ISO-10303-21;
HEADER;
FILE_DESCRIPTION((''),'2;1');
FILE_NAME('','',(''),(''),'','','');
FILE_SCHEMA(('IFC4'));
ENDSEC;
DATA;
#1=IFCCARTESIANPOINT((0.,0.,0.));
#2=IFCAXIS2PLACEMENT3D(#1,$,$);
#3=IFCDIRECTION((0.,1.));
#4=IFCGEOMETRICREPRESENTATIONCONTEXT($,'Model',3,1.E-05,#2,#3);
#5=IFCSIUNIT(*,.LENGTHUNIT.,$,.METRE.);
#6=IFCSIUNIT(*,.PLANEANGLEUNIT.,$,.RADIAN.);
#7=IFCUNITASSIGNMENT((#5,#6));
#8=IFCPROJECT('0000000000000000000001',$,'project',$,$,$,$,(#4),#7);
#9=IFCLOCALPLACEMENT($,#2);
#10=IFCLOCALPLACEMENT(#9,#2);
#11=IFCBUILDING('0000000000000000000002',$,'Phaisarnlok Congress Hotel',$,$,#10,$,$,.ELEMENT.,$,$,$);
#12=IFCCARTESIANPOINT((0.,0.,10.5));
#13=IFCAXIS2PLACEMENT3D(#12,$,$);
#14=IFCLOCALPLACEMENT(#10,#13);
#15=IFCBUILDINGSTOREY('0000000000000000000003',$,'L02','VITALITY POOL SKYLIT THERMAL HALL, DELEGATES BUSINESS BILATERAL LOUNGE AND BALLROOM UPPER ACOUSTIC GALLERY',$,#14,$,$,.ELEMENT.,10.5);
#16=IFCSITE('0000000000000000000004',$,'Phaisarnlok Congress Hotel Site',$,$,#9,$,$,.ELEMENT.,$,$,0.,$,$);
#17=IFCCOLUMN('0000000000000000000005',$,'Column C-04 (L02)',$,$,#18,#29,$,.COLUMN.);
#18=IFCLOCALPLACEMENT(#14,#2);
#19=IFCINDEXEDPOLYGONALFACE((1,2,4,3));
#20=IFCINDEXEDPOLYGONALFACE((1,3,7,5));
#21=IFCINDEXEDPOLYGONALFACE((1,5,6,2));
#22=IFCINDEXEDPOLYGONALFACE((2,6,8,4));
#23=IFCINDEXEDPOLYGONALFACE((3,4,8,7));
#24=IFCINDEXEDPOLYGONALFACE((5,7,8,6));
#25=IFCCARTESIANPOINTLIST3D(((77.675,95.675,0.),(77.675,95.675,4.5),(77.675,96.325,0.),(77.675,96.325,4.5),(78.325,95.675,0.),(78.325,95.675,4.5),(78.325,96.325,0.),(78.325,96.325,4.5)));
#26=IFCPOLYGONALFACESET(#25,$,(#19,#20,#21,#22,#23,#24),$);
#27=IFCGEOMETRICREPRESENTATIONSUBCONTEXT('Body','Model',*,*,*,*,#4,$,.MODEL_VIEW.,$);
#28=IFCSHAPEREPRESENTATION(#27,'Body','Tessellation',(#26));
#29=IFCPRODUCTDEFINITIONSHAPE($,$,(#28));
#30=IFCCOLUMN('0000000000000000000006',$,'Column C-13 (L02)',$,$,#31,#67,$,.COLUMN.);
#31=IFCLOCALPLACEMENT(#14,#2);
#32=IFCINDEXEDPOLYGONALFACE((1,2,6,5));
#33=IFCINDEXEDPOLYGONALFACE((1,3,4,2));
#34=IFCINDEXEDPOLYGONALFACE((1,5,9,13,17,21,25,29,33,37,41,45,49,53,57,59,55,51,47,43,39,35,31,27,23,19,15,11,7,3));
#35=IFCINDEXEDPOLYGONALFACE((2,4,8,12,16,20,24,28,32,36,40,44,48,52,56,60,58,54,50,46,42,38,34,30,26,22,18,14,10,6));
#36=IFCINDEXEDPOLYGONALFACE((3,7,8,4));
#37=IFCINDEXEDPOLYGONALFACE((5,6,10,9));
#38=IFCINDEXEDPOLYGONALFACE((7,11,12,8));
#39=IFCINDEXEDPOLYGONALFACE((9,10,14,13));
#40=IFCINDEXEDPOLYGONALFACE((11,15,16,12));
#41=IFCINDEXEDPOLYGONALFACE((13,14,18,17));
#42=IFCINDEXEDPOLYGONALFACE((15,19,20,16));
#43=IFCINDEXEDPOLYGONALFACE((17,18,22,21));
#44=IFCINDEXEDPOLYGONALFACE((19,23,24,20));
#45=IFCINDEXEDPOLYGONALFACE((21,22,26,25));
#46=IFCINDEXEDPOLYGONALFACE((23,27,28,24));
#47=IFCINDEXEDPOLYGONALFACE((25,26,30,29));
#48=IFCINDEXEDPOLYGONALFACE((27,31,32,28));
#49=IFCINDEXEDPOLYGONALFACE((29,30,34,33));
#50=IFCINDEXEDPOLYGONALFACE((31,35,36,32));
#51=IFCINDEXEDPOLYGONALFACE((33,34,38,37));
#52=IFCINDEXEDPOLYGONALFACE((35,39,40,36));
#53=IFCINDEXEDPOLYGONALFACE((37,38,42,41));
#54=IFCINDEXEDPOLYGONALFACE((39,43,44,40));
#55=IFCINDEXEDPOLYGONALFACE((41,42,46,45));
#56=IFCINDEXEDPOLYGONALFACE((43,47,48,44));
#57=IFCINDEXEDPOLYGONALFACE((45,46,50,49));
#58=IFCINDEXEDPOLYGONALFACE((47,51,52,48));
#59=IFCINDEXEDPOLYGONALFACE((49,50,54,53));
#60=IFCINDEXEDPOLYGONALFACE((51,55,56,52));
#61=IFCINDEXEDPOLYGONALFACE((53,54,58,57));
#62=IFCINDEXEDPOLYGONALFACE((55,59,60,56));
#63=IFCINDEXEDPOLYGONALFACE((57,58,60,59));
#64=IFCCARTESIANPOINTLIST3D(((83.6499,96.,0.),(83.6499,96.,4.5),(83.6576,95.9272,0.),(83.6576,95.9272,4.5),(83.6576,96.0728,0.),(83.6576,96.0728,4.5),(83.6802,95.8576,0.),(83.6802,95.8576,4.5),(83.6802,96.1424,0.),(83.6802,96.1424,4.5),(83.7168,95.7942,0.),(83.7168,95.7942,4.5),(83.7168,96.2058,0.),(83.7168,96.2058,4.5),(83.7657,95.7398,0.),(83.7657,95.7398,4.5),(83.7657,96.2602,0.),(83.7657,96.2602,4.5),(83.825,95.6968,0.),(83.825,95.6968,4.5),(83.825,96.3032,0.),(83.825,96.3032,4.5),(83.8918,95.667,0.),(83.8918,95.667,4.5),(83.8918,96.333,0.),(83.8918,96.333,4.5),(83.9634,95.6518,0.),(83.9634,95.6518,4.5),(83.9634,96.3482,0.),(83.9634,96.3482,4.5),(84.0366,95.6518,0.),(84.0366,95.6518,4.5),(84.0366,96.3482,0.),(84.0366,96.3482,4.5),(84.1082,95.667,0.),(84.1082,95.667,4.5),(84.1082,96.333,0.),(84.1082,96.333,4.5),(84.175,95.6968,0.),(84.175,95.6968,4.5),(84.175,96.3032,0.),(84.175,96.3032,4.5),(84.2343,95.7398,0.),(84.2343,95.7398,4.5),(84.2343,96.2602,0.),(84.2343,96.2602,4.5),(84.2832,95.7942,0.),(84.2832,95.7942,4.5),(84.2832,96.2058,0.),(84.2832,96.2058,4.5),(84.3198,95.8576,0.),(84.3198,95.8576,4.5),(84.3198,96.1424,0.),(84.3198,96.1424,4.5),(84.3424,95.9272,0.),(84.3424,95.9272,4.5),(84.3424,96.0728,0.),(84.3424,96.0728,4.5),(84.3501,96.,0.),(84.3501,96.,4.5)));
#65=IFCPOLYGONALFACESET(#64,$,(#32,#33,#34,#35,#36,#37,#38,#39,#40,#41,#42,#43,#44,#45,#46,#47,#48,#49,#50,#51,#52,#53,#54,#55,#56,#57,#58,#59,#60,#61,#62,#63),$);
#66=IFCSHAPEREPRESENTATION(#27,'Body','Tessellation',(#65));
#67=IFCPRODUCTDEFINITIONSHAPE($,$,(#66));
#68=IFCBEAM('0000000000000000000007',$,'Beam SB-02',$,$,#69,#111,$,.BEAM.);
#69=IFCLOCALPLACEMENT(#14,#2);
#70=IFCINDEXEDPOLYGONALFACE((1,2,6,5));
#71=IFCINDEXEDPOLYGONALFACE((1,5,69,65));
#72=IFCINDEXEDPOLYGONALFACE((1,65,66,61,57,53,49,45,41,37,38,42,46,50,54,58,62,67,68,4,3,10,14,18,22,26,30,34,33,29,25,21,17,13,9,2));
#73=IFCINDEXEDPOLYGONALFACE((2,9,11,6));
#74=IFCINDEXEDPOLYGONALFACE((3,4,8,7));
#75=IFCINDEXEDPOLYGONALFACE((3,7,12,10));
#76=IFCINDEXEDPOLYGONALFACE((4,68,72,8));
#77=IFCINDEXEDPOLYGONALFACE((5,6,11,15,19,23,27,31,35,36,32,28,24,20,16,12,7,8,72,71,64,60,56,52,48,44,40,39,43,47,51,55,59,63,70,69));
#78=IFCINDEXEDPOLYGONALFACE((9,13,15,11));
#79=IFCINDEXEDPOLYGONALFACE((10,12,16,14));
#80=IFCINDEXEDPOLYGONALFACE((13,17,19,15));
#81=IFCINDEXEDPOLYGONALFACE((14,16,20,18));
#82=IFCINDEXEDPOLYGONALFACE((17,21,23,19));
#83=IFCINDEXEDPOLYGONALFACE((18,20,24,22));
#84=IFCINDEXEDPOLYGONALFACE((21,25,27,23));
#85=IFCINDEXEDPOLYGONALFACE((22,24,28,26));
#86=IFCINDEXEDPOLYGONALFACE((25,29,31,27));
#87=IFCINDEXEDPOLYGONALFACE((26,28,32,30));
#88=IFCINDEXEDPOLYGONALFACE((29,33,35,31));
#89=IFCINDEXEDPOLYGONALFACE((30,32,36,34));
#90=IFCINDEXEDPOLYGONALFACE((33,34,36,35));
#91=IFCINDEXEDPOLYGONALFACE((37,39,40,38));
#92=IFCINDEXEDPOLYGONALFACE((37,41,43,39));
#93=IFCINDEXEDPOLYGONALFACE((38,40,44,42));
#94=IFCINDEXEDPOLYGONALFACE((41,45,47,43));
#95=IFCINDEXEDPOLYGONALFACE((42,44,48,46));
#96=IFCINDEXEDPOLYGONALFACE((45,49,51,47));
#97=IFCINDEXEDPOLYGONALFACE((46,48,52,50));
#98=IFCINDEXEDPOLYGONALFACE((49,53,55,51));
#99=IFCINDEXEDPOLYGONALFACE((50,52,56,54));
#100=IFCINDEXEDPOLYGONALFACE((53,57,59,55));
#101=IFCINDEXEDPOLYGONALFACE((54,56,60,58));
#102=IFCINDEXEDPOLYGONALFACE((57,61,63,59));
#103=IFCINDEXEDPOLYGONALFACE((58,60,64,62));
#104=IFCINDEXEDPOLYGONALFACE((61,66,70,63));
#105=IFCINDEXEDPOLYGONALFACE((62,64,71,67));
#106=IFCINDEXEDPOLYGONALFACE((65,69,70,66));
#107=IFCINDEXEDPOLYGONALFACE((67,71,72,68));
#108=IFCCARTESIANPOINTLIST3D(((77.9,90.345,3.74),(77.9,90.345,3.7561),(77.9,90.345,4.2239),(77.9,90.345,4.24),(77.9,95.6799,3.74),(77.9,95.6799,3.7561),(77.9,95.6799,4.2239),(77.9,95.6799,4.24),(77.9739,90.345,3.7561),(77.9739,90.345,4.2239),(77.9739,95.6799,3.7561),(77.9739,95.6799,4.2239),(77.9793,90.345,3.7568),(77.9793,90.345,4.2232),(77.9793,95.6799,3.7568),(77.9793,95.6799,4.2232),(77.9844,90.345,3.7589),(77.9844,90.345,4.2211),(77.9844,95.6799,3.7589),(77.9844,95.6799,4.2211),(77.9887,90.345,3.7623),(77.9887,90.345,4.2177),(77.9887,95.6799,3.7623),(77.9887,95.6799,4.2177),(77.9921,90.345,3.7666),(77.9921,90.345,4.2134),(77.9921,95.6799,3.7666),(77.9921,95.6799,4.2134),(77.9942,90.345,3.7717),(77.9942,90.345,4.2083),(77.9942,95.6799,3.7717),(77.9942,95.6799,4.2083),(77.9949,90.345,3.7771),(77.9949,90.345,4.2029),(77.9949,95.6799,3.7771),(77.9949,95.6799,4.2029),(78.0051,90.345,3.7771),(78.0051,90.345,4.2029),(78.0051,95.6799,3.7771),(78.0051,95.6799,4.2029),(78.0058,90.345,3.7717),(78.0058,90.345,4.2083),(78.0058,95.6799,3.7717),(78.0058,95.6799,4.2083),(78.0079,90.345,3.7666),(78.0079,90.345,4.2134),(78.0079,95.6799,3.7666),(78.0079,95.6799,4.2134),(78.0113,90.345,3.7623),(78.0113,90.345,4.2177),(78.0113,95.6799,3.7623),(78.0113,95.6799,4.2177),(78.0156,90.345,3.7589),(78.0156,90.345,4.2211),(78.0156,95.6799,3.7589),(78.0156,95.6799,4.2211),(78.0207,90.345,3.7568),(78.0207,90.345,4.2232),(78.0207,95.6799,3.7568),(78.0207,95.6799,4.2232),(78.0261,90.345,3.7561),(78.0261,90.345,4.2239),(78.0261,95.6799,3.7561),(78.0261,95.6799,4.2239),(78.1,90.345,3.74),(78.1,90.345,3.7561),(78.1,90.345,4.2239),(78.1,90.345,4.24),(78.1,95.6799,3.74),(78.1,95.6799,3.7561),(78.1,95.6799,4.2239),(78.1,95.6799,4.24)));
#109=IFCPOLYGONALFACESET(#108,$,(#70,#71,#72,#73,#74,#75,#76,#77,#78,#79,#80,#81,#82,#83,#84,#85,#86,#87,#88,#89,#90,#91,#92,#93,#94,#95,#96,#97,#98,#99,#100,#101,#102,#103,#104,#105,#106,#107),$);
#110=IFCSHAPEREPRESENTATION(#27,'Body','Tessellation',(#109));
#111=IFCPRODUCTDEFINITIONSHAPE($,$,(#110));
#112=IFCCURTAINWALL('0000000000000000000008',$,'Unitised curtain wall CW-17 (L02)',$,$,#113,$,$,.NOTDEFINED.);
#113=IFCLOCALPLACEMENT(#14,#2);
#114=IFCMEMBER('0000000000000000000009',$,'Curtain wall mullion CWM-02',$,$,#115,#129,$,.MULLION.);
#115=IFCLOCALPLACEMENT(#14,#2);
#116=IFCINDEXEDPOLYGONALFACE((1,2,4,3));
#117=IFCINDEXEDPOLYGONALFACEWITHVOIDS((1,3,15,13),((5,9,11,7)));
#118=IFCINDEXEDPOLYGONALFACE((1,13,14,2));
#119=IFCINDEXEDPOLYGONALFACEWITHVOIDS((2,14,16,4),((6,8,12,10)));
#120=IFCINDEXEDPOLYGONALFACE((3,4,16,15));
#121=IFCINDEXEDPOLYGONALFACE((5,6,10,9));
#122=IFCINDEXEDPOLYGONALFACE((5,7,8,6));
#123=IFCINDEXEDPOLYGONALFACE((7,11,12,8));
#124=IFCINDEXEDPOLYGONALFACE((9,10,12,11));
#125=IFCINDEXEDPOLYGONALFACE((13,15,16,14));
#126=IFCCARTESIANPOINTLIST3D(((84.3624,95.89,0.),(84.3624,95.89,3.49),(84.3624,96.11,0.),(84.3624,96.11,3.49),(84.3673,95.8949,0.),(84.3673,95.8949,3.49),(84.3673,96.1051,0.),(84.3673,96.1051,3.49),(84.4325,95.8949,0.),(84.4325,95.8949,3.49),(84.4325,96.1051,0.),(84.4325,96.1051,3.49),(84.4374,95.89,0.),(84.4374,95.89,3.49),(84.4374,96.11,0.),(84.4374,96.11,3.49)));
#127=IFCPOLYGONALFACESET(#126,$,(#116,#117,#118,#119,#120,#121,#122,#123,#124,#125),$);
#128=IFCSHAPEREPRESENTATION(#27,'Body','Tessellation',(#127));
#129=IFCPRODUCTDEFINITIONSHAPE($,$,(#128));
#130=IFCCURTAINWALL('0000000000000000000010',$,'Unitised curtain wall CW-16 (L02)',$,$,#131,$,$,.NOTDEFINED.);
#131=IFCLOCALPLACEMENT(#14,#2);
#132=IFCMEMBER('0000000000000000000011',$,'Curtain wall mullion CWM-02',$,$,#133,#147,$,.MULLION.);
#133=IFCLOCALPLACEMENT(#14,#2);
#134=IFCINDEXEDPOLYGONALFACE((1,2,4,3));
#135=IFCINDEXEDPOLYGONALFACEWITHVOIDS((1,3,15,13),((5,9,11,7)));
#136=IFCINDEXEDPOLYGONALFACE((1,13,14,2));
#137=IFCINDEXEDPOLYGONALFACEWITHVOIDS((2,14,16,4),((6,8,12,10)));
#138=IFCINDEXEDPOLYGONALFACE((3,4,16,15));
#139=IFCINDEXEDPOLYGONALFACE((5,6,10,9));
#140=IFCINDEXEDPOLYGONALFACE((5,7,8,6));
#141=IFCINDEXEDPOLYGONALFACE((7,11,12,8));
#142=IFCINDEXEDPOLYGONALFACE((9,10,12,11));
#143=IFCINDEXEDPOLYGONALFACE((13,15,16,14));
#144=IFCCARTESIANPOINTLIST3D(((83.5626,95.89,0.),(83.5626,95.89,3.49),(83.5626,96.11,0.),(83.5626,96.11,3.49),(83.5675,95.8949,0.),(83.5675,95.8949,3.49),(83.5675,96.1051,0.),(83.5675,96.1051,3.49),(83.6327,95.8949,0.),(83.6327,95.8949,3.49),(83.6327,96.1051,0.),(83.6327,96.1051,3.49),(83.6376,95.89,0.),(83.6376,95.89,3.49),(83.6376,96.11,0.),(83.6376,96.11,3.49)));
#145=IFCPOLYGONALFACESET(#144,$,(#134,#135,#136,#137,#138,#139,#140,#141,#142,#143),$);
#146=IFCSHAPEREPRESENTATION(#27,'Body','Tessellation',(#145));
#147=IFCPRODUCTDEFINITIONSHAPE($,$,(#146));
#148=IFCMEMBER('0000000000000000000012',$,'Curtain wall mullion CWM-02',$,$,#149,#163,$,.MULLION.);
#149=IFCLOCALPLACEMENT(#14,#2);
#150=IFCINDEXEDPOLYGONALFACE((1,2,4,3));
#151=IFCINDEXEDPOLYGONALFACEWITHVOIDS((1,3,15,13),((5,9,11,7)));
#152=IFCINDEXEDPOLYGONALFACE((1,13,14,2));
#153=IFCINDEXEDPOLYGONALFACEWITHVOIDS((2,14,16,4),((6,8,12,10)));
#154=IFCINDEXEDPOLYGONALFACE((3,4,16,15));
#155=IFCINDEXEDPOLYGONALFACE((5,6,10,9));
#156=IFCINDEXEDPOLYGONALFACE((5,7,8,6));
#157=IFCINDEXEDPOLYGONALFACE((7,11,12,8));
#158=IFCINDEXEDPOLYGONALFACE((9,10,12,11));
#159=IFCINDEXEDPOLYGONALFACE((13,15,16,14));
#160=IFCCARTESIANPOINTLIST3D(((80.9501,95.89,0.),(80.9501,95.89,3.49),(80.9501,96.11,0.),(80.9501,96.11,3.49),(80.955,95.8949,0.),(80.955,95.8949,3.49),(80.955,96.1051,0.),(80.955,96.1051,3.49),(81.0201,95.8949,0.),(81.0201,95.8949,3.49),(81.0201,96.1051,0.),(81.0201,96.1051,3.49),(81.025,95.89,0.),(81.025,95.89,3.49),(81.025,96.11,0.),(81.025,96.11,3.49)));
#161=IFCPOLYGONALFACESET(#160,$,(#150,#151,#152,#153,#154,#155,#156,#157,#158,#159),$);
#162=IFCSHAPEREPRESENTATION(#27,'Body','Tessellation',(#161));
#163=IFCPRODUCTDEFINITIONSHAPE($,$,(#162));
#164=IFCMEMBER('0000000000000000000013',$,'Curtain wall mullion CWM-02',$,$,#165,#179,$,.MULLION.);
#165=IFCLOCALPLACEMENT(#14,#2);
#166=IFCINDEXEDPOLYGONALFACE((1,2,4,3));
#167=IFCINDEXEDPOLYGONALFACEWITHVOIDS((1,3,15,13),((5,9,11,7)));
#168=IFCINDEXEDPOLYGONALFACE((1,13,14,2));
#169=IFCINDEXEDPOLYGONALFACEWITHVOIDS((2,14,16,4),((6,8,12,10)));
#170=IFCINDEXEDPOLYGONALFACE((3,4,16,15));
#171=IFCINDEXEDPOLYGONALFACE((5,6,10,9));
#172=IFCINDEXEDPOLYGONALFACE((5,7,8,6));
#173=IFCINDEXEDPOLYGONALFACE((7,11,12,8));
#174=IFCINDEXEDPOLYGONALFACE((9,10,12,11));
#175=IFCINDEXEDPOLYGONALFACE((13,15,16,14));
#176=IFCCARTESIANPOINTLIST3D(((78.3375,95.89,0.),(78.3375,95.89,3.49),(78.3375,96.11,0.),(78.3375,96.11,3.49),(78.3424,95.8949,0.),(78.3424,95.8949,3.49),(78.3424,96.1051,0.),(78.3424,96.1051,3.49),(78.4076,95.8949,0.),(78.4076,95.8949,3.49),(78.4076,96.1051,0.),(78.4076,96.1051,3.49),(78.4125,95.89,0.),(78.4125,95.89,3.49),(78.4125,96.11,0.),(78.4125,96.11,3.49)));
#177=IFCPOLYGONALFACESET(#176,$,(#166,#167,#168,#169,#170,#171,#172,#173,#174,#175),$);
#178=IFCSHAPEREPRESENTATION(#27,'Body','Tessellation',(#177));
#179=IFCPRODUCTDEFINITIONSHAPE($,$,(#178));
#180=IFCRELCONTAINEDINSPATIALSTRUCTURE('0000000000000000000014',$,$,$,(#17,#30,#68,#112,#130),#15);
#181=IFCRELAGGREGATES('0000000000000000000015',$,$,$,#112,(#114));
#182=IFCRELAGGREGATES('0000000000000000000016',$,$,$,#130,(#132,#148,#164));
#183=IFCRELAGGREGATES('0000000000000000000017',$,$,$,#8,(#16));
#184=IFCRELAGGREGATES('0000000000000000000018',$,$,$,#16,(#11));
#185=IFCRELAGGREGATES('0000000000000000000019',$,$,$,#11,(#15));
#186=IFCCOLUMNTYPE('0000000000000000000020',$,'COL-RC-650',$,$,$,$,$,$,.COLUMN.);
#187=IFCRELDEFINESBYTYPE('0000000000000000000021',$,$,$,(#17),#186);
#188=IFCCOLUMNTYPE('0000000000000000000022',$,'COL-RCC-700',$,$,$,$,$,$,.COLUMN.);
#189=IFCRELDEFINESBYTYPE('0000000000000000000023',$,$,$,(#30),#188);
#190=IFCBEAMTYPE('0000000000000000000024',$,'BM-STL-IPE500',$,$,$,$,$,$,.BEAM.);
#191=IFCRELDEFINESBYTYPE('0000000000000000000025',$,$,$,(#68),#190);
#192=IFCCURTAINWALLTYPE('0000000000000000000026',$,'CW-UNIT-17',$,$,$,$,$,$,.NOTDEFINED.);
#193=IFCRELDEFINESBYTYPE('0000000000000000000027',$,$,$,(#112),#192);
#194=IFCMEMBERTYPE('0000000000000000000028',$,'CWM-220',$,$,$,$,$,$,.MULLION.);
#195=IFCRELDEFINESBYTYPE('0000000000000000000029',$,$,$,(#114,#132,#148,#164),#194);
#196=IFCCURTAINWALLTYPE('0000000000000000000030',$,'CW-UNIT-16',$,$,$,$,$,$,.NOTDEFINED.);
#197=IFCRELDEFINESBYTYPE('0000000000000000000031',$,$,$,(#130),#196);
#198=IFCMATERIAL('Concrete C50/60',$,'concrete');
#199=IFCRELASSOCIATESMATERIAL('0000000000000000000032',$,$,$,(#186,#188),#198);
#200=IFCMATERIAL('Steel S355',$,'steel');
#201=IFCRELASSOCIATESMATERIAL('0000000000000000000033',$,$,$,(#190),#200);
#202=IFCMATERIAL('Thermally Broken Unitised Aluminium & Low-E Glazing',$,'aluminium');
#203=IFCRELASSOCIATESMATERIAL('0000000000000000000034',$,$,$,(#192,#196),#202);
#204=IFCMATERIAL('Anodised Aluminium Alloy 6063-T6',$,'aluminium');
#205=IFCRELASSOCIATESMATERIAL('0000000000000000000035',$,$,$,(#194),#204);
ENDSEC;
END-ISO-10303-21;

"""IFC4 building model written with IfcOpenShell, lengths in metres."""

from ifc_helpers import new_model, si_unit, direction, frame, origin, origin_2d, place, context, subcontext, project, spatial, rectangle, hollow_rectangle, circle, i_section, extrude, material, material_profile, profile_set, type_object, element, aggregate, save


model = new_model("IFC4")

# Units and contexts
model_context = context("Model", 3, precision=1e-05, world=origin(), true_north=direction((0.0, 1.0)))
body_context = subcontext(model_context, "Body", "Model", "MODEL_VIEW")
ifc_project = project(units=[si_unit("LENGTHUNIT", "METRE"), si_unit("PLANEANGLEUNIT", "RADIAN")], contexts=[model_context])

# Site, building, storey
site_placement = place(None, origin())
site = spatial("IfcSite", under=ifc_project, at=site_placement, Name="Phaisarnlok Congress Hotel Site", CompositionType="ELEMENT", RefElevation=0.0)
building_placement = place(site_placement, origin())
building = spatial("IfcBuilding", under=site, at=building_placement, Name="Phaisarnlok Congress Hotel", CompositionType="ELEMENT")
storey_placement = place(building_placement, frame((0.0, 0.0, 10.5)))
storey = spatial("IfcBuildingStorey", under=building, at=storey_placement, Name="L02", Description="VITALITY POOL SKYLIT THERMAL HALL, DELEGATES BUSINESS BILATERAL LOUNGE AND BALLROOM UPPER ACOUSTIC GALLERY", CompositionType="ELEMENT", Elevation=10.5)

# Columns
ifc_material_1 = material(Name="Concrete C50/60", Category="concrete")
ifc_material_profile_1 = material_profile(ifc_material_1, rectangle(XDim=0.6499, YDim=0.6499, at=origin_2d()), Name="RC 650x650")
ifc_profile_set_1 = profile_set([ifc_material_profile_1], Name="Concrete C50/60")
column_type_1 = type_object("IfcColumnType", Name="COL-RC-650", PredefinedType="COLUMN", material=ifc_profile_set_1)
column_1_placement = place(storey_placement, frame((78.0, 96.0, 0.0), z_axis=(0.0, 0.0, 1.0), x_axis=(1.0, 0.0, 0.0)))
element("IfcColumn", 1, at=column_1_placement, inside=storey, type_object=column_type_1, Name="Column C-04 (L02)", PredefinedType="COLUMN", context=body_context, shape_type="SweptSolid", body=[
    extrude(rectangle(XDim=0.6499, YDim=0.6499, at=origin_2d()), origin(), (0.0, 0.0, 1.0), 4.5),
])
ifc_material_profile_2 = material_profile(ifc_material_1, circle(Radius=0.3501, at=origin_2d()), Name="RCC D700")
ifc_profile_set_2 = profile_set([ifc_material_profile_2], Name="Concrete C50/60")
column_type_2 = type_object("IfcColumnType", Name="COL-RCC-700", PredefinedType="COLUMN", material=ifc_profile_set_2)
column_2_placement = place(storey_placement, frame((84.0, 96.0, 0.0), z_axis=(0.0, 0.0, 1.0), x_axis=(1.0, 0.0, 0.0)))
element("IfcColumn", 2, at=column_2_placement, inside=storey, type_object=column_type_2, Name="Column C-13 (L02)", PredefinedType="COLUMN", context=body_context, shape_type="SweptSolid", body=[
    extrude(circle(Radius=0.3501, at=origin_2d()), origin(), (0.0, 0.0, 1.0), 4.5),
])

# Beam
ifc_material_2 = material(Name="Steel S355", Category="steel")
ifc_material_profile_3 = material_profile(ifc_material_2, i_section(OverallWidth=0.2, OverallDepth=0.5, WebThickness=0.0103, FlangeThickness=0.0161, FilletRadius=0.021, at=origin_2d()), Name="IPE 500")
ifc_profile_set_3 = profile_set([ifc_material_profile_3], Name="Steel S355")
beam_type_1 = type_object("IfcBeamType", Name="BM-STL-IPE500", PredefinedType="BEAM", material=ifc_profile_set_3)
beam_1_placement = place(storey_placement, frame((78.0, 90.345, 3.99), z_axis=(0.0, 1.0, 0.0), x_axis=(-1.0, 0.0, 0.0)))
element("IfcBeam", 3, at=beam_1_placement, inside=storey, type_object=beam_type_1, Name="Beam SB-02", PredefinedType="BEAM", context=body_context, shape_type="SweptSolid", body=[
    extrude(i_section(OverallWidth=0.2, OverallDepth=0.5, WebThickness=0.0103, FlangeThickness=0.0161, FilletRadius=0.021, at=origin_2d()), origin(), (0.0, 0.0, 1.0), 5.335),
])

# Curtain wall, member
ifc_material_3 = material(Name="Thermally Broken Unitised Aluminium & Low-E Glazing", Category="aluminium")
curtain_wall_type_1 = type_object("IfcCurtainWallType", Name="CW-UNIT-17", PredefinedType="NOTDEFINED", material=ifc_material_3)
curtain_wall_1_placement = place(storey_placement, origin())
curtain_wall_1 = element("IfcCurtainWall", 4, at=curtain_wall_1_placement, inside=storey, type_object=curtain_wall_type_1, Name="Unitised curtain wall CW-17 (L02)", PredefinedType="NOTDEFINED")
ifc_material_4 = material(Name="Anodised Aluminium Alloy 6063-T6", Category="aluminium")
ifc_material_profile_4 = material_profile(ifc_material_4, hollow_rectangle(XDim=0.075, YDim=0.22, WallThickness=0.0049, at=origin_2d()), Name="ALU-M 75x220x5")
ifc_profile_set_4 = profile_set([ifc_material_profile_4], Name="Anodised Aluminium Alloy 6063-T6")
member_type_1 = type_object("IfcMemberType", Name="CWM-220", PredefinedType="MULLION", material=ifc_profile_set_4)
member_1_placement = place(storey_placement, frame((84.3999, 96.0, 0.0), z_axis=(0.0, 0.0, 1.0), x_axis=(-1.0, 0.0, 0.0)))
member_1 = element("IfcMember", 5, at=member_1_placement, type_object=member_type_1, Name="Curtain wall mullion CWM-02", PredefinedType="MULLION", context=body_context, shape_type="SweptSolid", body=[
    extrude(hollow_rectangle(XDim=0.075, YDim=0.22, WallThickness=0.0049, at=origin_2d()), origin(), (0.0, 0.0, 1.0), 3.49),
])
aggregate(curtain_wall_1, [member_1])

# Curtain wall, members
curtain_wall_type_2 = type_object("IfcCurtainWallType", Name="CW-UNIT-16", PredefinedType="NOTDEFINED", material=ifc_material_3)
curtain_wall_2_placement = place(storey_placement, origin())
curtain_wall_2 = element("IfcCurtainWall", 6, at=curtain_wall_2_placement, inside=storey, type_object=curtain_wall_type_2, Name="Unitised curtain wall CW-16 (L02)", PredefinedType="NOTDEFINED")
member_2_placement = place(storey_placement, frame((83.6001, 96.0, 0.0), z_axis=(0.0, 0.0, 1.0), x_axis=(-1.0, 0.0, 0.0)))
member_2 = element("IfcMember", 7, at=member_2_placement, type_object=member_type_1, Name="Curtain wall mullion CWM-02", PredefinedType="MULLION", context=body_context, shape_type="SweptSolid", body=[
    extrude(hollow_rectangle(XDim=0.075, YDim=0.22, WallThickness=0.0049, at=origin_2d()), origin(), (0.0, 0.0, 1.0), 3.49),
])
member_3_placement = place(storey_placement, frame((80.9875, 96.0, 0.0), z_axis=(0.0, 0.0, 1.0), x_axis=(-1.0, 0.0, 0.0)))
member_3 = element("IfcMember", 8, at=member_3_placement, type_object=member_type_1, Name="Curtain wall mullion CWM-02", PredefinedType="MULLION", context=body_context, shape_type="SweptSolid", body=[
    extrude(hollow_rectangle(XDim=0.075, YDim=0.22, WallThickness=0.0049, at=origin_2d()), origin(), (0.0, 0.0, 1.0), 3.49),
])
member_4_placement = place(storey_placement, frame((78.375, 96.0, 0.0), z_axis=(0.0, 0.0, 1.0), x_axis=(-1.0, 0.0, 0.0)))
member_4 = element("IfcMember", 9, at=member_4_placement, type_object=member_type_1, Name="Curtain wall mullion CWM-02", PredefinedType="MULLION", context=body_context, shape_type="SweptSolid", body=[
    extrude(hollow_rectangle(XDim=0.075, YDim=0.22, WallThickness=0.0049, at=origin_2d()), origin(), (0.0, 0.0, 1.0), 3.49),
])

aggregate(curtain_wall_2, [member_2, member_3, member_4])

save(model, "model.ifc")
